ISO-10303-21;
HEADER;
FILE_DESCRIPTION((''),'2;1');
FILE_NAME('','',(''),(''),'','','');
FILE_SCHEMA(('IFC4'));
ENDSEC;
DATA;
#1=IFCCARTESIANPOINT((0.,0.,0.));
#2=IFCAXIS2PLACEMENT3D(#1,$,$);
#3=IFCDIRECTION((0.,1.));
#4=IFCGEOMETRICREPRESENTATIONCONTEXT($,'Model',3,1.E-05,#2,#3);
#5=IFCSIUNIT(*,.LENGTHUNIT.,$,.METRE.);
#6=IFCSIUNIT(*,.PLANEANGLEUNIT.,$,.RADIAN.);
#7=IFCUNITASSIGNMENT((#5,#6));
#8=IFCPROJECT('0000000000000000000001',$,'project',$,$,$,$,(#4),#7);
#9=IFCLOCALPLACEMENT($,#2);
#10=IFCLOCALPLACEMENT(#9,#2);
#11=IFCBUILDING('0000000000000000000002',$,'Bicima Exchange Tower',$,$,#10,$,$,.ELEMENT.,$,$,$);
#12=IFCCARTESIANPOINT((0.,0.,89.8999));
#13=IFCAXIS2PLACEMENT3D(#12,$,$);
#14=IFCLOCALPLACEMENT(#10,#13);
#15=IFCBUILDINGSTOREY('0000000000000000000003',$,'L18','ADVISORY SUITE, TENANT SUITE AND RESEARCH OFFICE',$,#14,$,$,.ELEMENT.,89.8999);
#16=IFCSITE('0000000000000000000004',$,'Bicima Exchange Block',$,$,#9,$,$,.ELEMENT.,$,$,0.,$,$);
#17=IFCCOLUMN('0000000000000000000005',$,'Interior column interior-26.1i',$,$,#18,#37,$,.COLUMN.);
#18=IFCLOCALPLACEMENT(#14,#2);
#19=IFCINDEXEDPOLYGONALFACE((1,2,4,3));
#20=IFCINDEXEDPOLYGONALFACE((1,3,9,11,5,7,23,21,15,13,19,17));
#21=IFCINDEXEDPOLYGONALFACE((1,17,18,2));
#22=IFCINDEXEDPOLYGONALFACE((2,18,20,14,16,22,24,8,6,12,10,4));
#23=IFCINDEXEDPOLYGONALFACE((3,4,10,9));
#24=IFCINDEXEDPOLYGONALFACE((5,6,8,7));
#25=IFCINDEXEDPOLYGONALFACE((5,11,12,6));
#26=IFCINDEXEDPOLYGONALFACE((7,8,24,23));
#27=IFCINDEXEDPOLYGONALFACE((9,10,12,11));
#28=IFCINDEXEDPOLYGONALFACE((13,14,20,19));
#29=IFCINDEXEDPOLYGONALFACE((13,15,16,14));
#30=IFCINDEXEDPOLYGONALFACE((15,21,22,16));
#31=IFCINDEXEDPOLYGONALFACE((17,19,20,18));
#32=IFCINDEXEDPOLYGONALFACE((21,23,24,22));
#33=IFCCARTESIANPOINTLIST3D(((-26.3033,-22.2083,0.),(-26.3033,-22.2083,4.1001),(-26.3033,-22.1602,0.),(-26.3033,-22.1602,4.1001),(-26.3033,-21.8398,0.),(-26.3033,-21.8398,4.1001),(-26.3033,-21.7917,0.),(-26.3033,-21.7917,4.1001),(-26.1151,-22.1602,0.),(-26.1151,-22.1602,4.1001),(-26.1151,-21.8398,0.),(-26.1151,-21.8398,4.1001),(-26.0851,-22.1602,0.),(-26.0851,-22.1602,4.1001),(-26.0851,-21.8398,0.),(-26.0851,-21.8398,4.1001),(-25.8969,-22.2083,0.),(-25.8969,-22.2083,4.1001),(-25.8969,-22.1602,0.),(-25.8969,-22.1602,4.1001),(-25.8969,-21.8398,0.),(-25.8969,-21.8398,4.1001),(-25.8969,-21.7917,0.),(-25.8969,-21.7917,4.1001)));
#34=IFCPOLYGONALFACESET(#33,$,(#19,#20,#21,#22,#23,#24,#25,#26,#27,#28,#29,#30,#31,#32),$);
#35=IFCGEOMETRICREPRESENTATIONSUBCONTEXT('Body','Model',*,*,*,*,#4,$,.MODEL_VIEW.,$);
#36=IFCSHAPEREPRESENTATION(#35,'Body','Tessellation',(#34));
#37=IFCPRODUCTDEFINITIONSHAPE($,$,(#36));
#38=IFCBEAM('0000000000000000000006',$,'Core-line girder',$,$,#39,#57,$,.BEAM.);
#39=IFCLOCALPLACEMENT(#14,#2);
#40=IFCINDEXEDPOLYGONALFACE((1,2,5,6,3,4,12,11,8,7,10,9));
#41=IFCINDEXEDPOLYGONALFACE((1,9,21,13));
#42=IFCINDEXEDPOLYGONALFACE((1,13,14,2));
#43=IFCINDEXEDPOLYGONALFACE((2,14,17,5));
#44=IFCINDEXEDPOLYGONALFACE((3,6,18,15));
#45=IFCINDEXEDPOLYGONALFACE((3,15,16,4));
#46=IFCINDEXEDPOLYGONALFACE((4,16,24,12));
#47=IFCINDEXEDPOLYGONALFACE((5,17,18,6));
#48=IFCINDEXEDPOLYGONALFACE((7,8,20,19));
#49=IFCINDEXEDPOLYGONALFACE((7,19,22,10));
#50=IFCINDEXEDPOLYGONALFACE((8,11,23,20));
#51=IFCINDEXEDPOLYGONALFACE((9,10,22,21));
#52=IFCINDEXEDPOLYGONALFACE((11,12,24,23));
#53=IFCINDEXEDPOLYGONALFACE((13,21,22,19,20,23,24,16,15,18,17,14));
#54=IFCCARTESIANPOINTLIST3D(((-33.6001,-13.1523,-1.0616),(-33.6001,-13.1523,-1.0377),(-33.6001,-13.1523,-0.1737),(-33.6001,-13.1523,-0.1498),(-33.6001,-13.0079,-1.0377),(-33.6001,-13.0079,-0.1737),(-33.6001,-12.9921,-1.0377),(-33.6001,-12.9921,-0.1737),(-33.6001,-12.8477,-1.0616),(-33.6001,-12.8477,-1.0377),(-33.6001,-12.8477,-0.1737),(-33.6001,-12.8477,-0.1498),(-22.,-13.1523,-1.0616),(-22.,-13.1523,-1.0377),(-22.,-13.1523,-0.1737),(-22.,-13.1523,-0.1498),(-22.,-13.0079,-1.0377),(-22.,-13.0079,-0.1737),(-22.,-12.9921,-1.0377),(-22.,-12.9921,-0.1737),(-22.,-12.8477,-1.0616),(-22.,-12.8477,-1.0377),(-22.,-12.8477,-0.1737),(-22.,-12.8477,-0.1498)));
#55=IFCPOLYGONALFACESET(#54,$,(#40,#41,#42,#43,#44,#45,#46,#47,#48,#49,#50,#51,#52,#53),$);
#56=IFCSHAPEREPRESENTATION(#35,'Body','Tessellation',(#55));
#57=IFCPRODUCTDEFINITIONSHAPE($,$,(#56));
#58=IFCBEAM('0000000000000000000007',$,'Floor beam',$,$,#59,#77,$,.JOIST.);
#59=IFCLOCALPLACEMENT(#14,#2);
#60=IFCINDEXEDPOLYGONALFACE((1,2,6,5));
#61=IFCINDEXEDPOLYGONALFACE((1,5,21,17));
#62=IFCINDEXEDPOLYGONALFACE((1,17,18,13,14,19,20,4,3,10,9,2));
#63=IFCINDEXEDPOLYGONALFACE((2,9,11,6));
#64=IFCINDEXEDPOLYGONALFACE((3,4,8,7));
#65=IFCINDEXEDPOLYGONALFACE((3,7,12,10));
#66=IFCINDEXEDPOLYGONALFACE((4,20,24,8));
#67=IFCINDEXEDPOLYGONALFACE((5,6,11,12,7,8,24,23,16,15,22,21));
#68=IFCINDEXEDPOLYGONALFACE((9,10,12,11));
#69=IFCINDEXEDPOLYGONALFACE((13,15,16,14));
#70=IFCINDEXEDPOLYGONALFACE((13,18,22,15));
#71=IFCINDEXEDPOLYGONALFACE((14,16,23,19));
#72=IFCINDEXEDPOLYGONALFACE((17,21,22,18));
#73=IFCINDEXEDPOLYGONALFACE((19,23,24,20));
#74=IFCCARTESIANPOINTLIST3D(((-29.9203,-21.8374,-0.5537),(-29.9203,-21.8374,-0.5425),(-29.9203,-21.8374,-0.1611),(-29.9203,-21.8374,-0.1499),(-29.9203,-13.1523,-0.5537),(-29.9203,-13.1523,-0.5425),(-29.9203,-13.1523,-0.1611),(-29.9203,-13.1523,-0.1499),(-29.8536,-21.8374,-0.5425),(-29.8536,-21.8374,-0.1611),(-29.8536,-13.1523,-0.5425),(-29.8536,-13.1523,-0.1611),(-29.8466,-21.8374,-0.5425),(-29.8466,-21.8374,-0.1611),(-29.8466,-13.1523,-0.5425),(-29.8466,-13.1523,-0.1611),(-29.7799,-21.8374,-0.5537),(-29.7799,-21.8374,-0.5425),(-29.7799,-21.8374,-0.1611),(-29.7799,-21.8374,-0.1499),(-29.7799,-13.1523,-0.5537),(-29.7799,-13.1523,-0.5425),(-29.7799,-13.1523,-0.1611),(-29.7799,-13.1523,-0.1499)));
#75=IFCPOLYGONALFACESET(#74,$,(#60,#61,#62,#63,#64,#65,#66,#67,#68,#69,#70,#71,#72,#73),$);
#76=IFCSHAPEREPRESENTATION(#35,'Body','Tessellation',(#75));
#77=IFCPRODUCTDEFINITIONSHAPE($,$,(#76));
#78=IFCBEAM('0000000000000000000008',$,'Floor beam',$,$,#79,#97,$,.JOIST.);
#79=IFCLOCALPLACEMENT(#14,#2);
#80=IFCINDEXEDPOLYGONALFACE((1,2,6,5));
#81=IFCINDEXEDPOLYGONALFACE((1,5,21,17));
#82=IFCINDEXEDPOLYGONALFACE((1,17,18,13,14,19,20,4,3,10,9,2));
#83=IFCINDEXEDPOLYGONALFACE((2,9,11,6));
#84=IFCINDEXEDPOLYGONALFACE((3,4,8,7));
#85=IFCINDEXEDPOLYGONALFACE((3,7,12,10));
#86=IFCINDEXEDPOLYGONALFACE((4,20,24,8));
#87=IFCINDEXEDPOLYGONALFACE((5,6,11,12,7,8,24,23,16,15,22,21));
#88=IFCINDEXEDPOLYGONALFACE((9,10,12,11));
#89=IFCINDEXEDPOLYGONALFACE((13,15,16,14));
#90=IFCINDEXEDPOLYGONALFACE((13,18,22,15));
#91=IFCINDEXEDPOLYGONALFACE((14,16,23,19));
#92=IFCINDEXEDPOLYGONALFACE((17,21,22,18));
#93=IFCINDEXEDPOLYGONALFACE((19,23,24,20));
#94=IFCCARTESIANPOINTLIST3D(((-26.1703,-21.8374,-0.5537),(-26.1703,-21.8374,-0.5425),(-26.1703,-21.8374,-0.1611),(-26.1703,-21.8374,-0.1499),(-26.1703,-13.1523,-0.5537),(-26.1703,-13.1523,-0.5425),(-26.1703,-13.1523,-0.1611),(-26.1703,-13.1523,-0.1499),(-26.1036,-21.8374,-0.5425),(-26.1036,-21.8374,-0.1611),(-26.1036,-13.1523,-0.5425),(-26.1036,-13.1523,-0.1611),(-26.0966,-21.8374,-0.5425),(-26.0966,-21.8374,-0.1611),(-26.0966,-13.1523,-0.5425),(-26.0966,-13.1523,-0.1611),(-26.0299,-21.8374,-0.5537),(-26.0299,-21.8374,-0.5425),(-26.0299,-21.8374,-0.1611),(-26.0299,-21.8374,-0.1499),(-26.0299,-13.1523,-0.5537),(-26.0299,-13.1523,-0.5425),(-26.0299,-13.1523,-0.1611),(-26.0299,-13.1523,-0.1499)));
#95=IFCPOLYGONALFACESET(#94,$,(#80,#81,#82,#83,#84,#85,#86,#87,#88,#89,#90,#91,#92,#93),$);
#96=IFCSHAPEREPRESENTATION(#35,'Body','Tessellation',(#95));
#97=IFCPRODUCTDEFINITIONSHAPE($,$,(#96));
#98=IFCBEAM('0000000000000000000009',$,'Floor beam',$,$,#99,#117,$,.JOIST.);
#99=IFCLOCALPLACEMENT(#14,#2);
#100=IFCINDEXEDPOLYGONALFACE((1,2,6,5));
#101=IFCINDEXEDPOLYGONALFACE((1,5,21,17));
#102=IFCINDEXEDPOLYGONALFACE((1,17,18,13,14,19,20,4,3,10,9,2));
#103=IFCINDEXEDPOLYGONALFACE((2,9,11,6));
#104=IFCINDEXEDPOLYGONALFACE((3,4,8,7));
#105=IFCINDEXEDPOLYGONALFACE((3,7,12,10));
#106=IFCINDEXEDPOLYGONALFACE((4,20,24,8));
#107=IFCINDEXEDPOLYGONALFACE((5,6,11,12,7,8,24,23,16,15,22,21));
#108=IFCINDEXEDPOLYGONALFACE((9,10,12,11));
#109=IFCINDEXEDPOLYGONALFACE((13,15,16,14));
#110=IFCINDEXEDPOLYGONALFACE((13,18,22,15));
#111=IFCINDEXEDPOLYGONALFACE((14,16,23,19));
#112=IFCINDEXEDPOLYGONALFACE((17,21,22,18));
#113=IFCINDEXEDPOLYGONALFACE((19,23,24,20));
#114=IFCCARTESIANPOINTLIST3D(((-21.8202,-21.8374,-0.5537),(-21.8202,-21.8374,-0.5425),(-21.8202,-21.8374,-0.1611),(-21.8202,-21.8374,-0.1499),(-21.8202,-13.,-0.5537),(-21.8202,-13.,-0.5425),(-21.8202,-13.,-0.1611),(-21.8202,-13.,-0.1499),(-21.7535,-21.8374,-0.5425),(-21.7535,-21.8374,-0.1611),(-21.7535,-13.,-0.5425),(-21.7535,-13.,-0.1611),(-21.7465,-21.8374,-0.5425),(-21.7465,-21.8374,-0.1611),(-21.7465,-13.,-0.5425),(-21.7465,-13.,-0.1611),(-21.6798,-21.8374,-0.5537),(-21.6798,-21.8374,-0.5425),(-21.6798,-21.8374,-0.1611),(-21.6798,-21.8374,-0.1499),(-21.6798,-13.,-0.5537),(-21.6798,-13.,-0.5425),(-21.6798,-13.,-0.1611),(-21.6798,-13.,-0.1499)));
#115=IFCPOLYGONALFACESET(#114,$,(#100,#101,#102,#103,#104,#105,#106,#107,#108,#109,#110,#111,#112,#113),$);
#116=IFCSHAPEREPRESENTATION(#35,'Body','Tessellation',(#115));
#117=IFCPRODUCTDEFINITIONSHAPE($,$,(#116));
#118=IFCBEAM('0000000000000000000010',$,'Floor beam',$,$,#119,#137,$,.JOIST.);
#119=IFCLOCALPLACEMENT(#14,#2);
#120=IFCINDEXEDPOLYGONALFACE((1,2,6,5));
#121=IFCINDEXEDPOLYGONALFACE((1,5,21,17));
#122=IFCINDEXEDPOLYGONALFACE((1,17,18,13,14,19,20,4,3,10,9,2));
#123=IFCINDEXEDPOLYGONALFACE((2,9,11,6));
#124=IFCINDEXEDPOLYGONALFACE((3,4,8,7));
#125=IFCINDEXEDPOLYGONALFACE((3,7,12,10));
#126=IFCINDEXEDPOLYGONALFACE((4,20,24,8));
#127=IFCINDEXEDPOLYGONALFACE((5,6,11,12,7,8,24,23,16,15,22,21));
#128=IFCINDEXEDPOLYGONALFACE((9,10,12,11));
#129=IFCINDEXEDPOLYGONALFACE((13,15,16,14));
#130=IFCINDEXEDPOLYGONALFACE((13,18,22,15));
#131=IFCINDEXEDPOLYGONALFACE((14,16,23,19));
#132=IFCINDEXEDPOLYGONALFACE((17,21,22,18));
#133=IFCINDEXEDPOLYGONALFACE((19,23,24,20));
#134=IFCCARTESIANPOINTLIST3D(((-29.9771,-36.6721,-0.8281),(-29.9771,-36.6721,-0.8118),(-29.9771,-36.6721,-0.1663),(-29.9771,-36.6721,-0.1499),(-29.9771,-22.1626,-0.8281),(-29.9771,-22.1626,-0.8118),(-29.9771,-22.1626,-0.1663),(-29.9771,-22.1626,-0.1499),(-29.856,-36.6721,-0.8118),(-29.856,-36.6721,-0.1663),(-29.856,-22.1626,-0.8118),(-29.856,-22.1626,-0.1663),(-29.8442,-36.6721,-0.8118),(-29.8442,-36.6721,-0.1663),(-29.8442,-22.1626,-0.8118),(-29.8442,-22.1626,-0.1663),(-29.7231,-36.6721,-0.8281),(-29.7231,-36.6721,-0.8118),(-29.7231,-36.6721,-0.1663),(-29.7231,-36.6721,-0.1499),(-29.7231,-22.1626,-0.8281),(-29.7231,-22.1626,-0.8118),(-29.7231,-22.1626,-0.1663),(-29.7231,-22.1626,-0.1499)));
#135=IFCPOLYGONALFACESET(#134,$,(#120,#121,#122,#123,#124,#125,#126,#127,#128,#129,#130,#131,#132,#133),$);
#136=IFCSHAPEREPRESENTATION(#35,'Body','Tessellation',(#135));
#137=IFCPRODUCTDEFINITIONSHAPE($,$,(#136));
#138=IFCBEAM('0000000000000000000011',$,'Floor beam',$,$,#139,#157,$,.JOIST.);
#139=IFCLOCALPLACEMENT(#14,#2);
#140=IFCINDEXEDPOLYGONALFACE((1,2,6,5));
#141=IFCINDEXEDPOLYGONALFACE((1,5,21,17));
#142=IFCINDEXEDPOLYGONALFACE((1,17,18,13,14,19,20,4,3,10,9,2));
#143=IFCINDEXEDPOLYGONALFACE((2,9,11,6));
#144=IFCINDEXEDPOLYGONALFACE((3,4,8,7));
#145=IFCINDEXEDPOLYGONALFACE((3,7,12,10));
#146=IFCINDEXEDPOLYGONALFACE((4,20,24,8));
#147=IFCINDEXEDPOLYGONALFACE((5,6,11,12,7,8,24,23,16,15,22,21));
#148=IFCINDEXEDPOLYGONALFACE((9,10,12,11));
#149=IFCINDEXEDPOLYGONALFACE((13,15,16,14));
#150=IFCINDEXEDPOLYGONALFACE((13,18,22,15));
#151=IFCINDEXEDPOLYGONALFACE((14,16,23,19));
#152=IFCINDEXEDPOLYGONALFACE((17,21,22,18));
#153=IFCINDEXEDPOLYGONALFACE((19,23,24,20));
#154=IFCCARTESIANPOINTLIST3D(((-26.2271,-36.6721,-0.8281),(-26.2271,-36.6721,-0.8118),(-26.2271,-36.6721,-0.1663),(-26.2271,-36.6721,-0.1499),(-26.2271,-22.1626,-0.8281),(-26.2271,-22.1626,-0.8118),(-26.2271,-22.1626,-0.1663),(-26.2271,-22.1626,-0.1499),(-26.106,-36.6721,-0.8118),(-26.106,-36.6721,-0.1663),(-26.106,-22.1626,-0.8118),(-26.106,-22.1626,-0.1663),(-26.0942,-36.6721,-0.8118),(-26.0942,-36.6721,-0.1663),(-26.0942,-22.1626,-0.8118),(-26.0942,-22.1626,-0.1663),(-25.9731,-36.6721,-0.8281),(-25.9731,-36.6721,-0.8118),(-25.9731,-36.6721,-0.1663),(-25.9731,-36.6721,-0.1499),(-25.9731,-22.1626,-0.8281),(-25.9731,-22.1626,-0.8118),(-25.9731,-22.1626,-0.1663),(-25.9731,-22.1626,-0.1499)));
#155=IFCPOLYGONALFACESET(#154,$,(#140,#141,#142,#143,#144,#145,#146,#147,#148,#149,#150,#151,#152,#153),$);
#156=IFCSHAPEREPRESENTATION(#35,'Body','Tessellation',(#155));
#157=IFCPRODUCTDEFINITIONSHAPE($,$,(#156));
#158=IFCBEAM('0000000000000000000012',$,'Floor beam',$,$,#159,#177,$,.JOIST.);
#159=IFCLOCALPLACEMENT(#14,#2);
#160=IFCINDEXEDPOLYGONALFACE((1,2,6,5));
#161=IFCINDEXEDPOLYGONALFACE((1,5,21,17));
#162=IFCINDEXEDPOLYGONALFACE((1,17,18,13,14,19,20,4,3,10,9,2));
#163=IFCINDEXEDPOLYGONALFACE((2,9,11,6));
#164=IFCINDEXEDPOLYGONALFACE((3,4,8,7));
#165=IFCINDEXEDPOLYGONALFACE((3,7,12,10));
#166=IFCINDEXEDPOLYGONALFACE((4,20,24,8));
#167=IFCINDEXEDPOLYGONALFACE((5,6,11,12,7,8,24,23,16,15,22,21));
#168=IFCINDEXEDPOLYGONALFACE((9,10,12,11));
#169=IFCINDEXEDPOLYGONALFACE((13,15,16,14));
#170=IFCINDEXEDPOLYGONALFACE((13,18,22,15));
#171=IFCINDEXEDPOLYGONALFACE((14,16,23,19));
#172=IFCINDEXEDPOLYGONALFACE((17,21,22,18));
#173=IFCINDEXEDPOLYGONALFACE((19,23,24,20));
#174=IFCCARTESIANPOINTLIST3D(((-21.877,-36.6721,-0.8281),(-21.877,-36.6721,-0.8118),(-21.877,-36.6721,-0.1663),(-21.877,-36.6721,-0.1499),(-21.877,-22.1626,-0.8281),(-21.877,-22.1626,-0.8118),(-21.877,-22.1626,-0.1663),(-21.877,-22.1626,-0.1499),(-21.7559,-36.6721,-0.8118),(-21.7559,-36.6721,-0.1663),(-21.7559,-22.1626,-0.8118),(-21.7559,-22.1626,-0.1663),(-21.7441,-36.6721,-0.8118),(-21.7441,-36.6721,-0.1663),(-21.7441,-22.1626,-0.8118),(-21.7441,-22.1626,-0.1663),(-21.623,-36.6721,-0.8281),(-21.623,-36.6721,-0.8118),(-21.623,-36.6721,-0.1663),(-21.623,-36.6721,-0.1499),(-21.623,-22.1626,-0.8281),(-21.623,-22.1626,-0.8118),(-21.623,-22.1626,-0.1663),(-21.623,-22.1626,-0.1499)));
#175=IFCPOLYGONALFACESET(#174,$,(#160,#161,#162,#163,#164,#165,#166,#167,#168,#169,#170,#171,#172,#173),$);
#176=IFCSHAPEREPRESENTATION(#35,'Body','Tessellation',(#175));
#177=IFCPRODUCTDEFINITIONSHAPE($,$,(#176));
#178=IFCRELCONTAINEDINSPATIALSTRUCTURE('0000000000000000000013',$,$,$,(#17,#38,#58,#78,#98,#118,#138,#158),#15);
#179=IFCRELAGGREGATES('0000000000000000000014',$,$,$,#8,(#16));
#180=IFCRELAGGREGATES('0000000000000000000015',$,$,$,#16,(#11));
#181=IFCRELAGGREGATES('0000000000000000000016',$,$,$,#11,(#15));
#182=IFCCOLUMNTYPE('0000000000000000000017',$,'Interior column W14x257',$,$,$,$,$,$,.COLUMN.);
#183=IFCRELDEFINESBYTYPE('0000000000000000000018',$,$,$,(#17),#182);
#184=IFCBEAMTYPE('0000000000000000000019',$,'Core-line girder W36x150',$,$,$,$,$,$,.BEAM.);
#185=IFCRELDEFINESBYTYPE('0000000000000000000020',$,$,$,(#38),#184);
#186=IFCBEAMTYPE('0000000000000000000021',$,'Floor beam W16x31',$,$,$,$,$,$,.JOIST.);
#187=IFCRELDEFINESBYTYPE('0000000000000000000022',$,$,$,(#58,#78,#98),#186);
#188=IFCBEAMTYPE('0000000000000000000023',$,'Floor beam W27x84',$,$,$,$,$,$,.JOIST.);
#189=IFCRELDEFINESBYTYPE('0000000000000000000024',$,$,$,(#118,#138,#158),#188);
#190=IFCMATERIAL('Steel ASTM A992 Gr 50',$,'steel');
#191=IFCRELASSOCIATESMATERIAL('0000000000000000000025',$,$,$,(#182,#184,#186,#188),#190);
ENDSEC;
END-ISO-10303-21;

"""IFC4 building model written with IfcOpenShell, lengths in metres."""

from ifc_helpers import new_model, si_unit, direction, frame, origin, origin_2d, place, context, subcontext, project, spatial, i_section, extrude, material, material_profile, profile_set, type_object, element, save


model = new_model("IFC4")

# Units and contexts
model_context = context("Model", 3, precision=1e-05, world=origin(), true_north=direction((0.0, 1.0)))
body_context = subcontext(model_context, "Body", "Model", "MODEL_VIEW")
ifc_project = project(units=[si_unit("LENGTHUNIT", "METRE"), si_unit("PLANEANGLEUNIT", "RADIAN")], contexts=[model_context])

# Site, building, storey
site_placement = place(None, origin())
site = spatial("IfcSite", under=ifc_project, at=site_placement, Name="Bicima Exchange Block", CompositionType="ELEMENT", RefElevation=0.0)
building_placement = place(site_placement, origin())
building = spatial("IfcBuilding", under=site, at=building_placement, Name="Bicima Exchange Tower", CompositionType="ELEMENT")
storey_placement = place(building_placement, frame((0.0, 0.0, 89.8999)))
storey = spatial("IfcBuildingStorey", under=building, at=storey_placement, Name="L18", Description="ADVISORY SUITE, TENANT SUITE AND RESEARCH OFFICE", CompositionType="ELEMENT", Elevation=89.8999)

# Column
ifc_material_1 = material(Name="Steel ASTM A992 Gr 50", Category="steel")
ifc_material_profile_1 = material_profile(ifc_material_1, i_section(OverallWidth=0.4065, OverallDepth=0.4165, WebThickness=0.03, FlangeThickness=0.0481, at=origin_2d()))
ifc_profile_set_1 = profile_set([ifc_material_profile_1], Name="Steel ASTM A992 Gr 50")
column_type = type_object("IfcColumnType", Name="Interior column W14x257", PredefinedType="COLUMN", material=ifc_profile_set_1)
column_placement = place(storey_placement, frame((-26.1001, -22.0, 0.0), z_axis=(0.0, 0.0, 1.0), x_axis=(1.0, 0.0, 0.0)))
element("IfcColumn", 1, at=column_placement, inside=storey, type_object=column_type, Name="Interior column interior-26.1i", PredefinedType="COLUMN", context=body_context, shape_type="SweptSolid", body=[
    extrude(i_section(OverallWidth=0.4065, OverallDepth=0.4165, WebThickness=0.03, FlangeThickness=0.0481, at=origin_2d()), origin(), (0.0, 0.0, 1.0), 4.1001),
])

# Beams
ifc_material_profile_2 = material_profile(ifc_material_1, i_section(OverallWidth=0.3047, OverallDepth=0.9119, WebThickness=0.0159, FlangeThickness=0.0239, at=origin_2d()))
ifc_profile_set_2 = profile_set([ifc_material_profile_2], Name="Steel ASTM A992 Gr 50")
beam_type_1 = type_object("IfcBeamType", Name="Core-line girder W36x150", PredefinedType="BEAM", material=ifc_profile_set_2)
beam_1_placement = place(storey_placement, frame((-22.0, -13.0, -0.6057), z_axis=(-1.0, 0.0, 0.0), x_axis=(0.0, -1.0, 0.0)))
element("IfcBeam", 2, at=beam_1_placement, inside=storey, type_object=beam_type_1, Name="Core-line girder", PredefinedType="BEAM", context=body_context, shape_type="SweptSolid", body=[
    extrude(i_section(OverallWidth=0.3047, OverallDepth=0.9119, WebThickness=0.0159, FlangeThickness=0.0239, at=origin_2d()), origin(), (0.0, 0.0, 1.0), 11.6001),
])
ifc_material_profile_3 = material_profile(ifc_material_1, i_section(OverallWidth=0.1404, OverallDepth=0.4038, WebThickness=0.0071, FlangeThickness=0.0112, at=origin_2d()))
ifc_profile_set_3 = profile_set([ifc_material_profile_3], Name="Steel ASTM A992 Gr 50")
beam_type_2 = type_object("IfcBeamType", Name="Floor beam W16x31", PredefinedType="JOIST", material=ifc_profile_set_3)
for number, where, z_axis, x_axis, name in (
    (3, (-29.8501, -13.1523, -0.3518), (0.0, -1.0, 0.0), (1.0, 0.0, 0.0), "Floor beam"),
    (4, (-26.1001, -13.1523, -0.3518), (0.0, -1.0, 0.0), (1.0, 0.0, 0.0), "Floor beam"),
):
    element("IfcBeam", number, at=place(storey_placement, frame(where, z_axis=z_axis, x_axis=x_axis)), inside=storey, type_object=beam_type_2, Name=name, PredefinedType="JOIST", context=body_context, shape_type="SweptSolid", body=[
        extrude(i_section(OverallWidth=0.1404, OverallDepth=0.4038, WebThickness=0.0071, FlangeThickness=0.0112, at=origin_2d()), origin(), (0.0, 0.0, 1.0), 8.6851),
    ])
beam_2_placement = place(storey_placement, frame((-21.75, -13.0, -0.3518), z_axis=(0.0, -1.0, 0.0), x_axis=(1.0, 0.0, 0.0)))
element("IfcBeam", 5, at=beam_2_placement, inside=storey, type_object=beam_type_2, Name="Floor beam", PredefinedType="JOIST", context=body_context, shape_type="SweptSolid", body=[
    extrude(i_section(OverallWidth=0.1404, OverallDepth=0.4038, WebThickness=0.0071, FlangeThickness=0.0112, at=origin_2d()), origin(), (0.0, 0.0, 1.0), 8.8374),
])
ifc_material_profile_4 = material_profile(ifc_material_1, i_section(OverallWidth=0.2539, OverallDepth=0.6782, WebThickness=0.0117, FlangeThickness=0.0164, at=origin_2d()))
ifc_profile_set_4 = profile_set([ifc_material_profile_4], Name="Steel ASTM A992 Gr 50")
beam_type_3 = type_object("IfcBeamType", Name="Floor beam W27x84", PredefinedType="JOIST", material=ifc_profile_set_4)
for number, where, z_axis, x_axis, name in (
    (6, (-29.8501, -22.1626, -0.489), (0.0, -1.0, 0.0), (1.0, 0.0, 0.0), "Floor beam"),
    (7, (-26.1001, -22.1626, -0.489), (0.0, -1.0, 0.0), (1.0, 0.0, 0.0), "Floor beam"),
    (8, (-21.75, -22.1626, -0.489), (0.0, -1.0, 0.0), (1.0, 0.0, 0.0), "Floor beam"),
):
    element("IfcBeam", number, at=place(storey_placement, frame(where, z_axis=z_axis, x_axis=x_axis)), inside=storey, type_object=beam_type_3, Name=name, PredefinedType="JOIST", context=body_context, shape_type="SweptSolid", body=[
        extrude(i_section(OverallWidth=0.2539, OverallDepth=0.6782, WebThickness=0.0117, FlangeThickness=0.0164, at=origin_2d()), origin(), (0.0, 0.0, 1.0), 14.5095),
    ])

save(model, "model.ifc")
